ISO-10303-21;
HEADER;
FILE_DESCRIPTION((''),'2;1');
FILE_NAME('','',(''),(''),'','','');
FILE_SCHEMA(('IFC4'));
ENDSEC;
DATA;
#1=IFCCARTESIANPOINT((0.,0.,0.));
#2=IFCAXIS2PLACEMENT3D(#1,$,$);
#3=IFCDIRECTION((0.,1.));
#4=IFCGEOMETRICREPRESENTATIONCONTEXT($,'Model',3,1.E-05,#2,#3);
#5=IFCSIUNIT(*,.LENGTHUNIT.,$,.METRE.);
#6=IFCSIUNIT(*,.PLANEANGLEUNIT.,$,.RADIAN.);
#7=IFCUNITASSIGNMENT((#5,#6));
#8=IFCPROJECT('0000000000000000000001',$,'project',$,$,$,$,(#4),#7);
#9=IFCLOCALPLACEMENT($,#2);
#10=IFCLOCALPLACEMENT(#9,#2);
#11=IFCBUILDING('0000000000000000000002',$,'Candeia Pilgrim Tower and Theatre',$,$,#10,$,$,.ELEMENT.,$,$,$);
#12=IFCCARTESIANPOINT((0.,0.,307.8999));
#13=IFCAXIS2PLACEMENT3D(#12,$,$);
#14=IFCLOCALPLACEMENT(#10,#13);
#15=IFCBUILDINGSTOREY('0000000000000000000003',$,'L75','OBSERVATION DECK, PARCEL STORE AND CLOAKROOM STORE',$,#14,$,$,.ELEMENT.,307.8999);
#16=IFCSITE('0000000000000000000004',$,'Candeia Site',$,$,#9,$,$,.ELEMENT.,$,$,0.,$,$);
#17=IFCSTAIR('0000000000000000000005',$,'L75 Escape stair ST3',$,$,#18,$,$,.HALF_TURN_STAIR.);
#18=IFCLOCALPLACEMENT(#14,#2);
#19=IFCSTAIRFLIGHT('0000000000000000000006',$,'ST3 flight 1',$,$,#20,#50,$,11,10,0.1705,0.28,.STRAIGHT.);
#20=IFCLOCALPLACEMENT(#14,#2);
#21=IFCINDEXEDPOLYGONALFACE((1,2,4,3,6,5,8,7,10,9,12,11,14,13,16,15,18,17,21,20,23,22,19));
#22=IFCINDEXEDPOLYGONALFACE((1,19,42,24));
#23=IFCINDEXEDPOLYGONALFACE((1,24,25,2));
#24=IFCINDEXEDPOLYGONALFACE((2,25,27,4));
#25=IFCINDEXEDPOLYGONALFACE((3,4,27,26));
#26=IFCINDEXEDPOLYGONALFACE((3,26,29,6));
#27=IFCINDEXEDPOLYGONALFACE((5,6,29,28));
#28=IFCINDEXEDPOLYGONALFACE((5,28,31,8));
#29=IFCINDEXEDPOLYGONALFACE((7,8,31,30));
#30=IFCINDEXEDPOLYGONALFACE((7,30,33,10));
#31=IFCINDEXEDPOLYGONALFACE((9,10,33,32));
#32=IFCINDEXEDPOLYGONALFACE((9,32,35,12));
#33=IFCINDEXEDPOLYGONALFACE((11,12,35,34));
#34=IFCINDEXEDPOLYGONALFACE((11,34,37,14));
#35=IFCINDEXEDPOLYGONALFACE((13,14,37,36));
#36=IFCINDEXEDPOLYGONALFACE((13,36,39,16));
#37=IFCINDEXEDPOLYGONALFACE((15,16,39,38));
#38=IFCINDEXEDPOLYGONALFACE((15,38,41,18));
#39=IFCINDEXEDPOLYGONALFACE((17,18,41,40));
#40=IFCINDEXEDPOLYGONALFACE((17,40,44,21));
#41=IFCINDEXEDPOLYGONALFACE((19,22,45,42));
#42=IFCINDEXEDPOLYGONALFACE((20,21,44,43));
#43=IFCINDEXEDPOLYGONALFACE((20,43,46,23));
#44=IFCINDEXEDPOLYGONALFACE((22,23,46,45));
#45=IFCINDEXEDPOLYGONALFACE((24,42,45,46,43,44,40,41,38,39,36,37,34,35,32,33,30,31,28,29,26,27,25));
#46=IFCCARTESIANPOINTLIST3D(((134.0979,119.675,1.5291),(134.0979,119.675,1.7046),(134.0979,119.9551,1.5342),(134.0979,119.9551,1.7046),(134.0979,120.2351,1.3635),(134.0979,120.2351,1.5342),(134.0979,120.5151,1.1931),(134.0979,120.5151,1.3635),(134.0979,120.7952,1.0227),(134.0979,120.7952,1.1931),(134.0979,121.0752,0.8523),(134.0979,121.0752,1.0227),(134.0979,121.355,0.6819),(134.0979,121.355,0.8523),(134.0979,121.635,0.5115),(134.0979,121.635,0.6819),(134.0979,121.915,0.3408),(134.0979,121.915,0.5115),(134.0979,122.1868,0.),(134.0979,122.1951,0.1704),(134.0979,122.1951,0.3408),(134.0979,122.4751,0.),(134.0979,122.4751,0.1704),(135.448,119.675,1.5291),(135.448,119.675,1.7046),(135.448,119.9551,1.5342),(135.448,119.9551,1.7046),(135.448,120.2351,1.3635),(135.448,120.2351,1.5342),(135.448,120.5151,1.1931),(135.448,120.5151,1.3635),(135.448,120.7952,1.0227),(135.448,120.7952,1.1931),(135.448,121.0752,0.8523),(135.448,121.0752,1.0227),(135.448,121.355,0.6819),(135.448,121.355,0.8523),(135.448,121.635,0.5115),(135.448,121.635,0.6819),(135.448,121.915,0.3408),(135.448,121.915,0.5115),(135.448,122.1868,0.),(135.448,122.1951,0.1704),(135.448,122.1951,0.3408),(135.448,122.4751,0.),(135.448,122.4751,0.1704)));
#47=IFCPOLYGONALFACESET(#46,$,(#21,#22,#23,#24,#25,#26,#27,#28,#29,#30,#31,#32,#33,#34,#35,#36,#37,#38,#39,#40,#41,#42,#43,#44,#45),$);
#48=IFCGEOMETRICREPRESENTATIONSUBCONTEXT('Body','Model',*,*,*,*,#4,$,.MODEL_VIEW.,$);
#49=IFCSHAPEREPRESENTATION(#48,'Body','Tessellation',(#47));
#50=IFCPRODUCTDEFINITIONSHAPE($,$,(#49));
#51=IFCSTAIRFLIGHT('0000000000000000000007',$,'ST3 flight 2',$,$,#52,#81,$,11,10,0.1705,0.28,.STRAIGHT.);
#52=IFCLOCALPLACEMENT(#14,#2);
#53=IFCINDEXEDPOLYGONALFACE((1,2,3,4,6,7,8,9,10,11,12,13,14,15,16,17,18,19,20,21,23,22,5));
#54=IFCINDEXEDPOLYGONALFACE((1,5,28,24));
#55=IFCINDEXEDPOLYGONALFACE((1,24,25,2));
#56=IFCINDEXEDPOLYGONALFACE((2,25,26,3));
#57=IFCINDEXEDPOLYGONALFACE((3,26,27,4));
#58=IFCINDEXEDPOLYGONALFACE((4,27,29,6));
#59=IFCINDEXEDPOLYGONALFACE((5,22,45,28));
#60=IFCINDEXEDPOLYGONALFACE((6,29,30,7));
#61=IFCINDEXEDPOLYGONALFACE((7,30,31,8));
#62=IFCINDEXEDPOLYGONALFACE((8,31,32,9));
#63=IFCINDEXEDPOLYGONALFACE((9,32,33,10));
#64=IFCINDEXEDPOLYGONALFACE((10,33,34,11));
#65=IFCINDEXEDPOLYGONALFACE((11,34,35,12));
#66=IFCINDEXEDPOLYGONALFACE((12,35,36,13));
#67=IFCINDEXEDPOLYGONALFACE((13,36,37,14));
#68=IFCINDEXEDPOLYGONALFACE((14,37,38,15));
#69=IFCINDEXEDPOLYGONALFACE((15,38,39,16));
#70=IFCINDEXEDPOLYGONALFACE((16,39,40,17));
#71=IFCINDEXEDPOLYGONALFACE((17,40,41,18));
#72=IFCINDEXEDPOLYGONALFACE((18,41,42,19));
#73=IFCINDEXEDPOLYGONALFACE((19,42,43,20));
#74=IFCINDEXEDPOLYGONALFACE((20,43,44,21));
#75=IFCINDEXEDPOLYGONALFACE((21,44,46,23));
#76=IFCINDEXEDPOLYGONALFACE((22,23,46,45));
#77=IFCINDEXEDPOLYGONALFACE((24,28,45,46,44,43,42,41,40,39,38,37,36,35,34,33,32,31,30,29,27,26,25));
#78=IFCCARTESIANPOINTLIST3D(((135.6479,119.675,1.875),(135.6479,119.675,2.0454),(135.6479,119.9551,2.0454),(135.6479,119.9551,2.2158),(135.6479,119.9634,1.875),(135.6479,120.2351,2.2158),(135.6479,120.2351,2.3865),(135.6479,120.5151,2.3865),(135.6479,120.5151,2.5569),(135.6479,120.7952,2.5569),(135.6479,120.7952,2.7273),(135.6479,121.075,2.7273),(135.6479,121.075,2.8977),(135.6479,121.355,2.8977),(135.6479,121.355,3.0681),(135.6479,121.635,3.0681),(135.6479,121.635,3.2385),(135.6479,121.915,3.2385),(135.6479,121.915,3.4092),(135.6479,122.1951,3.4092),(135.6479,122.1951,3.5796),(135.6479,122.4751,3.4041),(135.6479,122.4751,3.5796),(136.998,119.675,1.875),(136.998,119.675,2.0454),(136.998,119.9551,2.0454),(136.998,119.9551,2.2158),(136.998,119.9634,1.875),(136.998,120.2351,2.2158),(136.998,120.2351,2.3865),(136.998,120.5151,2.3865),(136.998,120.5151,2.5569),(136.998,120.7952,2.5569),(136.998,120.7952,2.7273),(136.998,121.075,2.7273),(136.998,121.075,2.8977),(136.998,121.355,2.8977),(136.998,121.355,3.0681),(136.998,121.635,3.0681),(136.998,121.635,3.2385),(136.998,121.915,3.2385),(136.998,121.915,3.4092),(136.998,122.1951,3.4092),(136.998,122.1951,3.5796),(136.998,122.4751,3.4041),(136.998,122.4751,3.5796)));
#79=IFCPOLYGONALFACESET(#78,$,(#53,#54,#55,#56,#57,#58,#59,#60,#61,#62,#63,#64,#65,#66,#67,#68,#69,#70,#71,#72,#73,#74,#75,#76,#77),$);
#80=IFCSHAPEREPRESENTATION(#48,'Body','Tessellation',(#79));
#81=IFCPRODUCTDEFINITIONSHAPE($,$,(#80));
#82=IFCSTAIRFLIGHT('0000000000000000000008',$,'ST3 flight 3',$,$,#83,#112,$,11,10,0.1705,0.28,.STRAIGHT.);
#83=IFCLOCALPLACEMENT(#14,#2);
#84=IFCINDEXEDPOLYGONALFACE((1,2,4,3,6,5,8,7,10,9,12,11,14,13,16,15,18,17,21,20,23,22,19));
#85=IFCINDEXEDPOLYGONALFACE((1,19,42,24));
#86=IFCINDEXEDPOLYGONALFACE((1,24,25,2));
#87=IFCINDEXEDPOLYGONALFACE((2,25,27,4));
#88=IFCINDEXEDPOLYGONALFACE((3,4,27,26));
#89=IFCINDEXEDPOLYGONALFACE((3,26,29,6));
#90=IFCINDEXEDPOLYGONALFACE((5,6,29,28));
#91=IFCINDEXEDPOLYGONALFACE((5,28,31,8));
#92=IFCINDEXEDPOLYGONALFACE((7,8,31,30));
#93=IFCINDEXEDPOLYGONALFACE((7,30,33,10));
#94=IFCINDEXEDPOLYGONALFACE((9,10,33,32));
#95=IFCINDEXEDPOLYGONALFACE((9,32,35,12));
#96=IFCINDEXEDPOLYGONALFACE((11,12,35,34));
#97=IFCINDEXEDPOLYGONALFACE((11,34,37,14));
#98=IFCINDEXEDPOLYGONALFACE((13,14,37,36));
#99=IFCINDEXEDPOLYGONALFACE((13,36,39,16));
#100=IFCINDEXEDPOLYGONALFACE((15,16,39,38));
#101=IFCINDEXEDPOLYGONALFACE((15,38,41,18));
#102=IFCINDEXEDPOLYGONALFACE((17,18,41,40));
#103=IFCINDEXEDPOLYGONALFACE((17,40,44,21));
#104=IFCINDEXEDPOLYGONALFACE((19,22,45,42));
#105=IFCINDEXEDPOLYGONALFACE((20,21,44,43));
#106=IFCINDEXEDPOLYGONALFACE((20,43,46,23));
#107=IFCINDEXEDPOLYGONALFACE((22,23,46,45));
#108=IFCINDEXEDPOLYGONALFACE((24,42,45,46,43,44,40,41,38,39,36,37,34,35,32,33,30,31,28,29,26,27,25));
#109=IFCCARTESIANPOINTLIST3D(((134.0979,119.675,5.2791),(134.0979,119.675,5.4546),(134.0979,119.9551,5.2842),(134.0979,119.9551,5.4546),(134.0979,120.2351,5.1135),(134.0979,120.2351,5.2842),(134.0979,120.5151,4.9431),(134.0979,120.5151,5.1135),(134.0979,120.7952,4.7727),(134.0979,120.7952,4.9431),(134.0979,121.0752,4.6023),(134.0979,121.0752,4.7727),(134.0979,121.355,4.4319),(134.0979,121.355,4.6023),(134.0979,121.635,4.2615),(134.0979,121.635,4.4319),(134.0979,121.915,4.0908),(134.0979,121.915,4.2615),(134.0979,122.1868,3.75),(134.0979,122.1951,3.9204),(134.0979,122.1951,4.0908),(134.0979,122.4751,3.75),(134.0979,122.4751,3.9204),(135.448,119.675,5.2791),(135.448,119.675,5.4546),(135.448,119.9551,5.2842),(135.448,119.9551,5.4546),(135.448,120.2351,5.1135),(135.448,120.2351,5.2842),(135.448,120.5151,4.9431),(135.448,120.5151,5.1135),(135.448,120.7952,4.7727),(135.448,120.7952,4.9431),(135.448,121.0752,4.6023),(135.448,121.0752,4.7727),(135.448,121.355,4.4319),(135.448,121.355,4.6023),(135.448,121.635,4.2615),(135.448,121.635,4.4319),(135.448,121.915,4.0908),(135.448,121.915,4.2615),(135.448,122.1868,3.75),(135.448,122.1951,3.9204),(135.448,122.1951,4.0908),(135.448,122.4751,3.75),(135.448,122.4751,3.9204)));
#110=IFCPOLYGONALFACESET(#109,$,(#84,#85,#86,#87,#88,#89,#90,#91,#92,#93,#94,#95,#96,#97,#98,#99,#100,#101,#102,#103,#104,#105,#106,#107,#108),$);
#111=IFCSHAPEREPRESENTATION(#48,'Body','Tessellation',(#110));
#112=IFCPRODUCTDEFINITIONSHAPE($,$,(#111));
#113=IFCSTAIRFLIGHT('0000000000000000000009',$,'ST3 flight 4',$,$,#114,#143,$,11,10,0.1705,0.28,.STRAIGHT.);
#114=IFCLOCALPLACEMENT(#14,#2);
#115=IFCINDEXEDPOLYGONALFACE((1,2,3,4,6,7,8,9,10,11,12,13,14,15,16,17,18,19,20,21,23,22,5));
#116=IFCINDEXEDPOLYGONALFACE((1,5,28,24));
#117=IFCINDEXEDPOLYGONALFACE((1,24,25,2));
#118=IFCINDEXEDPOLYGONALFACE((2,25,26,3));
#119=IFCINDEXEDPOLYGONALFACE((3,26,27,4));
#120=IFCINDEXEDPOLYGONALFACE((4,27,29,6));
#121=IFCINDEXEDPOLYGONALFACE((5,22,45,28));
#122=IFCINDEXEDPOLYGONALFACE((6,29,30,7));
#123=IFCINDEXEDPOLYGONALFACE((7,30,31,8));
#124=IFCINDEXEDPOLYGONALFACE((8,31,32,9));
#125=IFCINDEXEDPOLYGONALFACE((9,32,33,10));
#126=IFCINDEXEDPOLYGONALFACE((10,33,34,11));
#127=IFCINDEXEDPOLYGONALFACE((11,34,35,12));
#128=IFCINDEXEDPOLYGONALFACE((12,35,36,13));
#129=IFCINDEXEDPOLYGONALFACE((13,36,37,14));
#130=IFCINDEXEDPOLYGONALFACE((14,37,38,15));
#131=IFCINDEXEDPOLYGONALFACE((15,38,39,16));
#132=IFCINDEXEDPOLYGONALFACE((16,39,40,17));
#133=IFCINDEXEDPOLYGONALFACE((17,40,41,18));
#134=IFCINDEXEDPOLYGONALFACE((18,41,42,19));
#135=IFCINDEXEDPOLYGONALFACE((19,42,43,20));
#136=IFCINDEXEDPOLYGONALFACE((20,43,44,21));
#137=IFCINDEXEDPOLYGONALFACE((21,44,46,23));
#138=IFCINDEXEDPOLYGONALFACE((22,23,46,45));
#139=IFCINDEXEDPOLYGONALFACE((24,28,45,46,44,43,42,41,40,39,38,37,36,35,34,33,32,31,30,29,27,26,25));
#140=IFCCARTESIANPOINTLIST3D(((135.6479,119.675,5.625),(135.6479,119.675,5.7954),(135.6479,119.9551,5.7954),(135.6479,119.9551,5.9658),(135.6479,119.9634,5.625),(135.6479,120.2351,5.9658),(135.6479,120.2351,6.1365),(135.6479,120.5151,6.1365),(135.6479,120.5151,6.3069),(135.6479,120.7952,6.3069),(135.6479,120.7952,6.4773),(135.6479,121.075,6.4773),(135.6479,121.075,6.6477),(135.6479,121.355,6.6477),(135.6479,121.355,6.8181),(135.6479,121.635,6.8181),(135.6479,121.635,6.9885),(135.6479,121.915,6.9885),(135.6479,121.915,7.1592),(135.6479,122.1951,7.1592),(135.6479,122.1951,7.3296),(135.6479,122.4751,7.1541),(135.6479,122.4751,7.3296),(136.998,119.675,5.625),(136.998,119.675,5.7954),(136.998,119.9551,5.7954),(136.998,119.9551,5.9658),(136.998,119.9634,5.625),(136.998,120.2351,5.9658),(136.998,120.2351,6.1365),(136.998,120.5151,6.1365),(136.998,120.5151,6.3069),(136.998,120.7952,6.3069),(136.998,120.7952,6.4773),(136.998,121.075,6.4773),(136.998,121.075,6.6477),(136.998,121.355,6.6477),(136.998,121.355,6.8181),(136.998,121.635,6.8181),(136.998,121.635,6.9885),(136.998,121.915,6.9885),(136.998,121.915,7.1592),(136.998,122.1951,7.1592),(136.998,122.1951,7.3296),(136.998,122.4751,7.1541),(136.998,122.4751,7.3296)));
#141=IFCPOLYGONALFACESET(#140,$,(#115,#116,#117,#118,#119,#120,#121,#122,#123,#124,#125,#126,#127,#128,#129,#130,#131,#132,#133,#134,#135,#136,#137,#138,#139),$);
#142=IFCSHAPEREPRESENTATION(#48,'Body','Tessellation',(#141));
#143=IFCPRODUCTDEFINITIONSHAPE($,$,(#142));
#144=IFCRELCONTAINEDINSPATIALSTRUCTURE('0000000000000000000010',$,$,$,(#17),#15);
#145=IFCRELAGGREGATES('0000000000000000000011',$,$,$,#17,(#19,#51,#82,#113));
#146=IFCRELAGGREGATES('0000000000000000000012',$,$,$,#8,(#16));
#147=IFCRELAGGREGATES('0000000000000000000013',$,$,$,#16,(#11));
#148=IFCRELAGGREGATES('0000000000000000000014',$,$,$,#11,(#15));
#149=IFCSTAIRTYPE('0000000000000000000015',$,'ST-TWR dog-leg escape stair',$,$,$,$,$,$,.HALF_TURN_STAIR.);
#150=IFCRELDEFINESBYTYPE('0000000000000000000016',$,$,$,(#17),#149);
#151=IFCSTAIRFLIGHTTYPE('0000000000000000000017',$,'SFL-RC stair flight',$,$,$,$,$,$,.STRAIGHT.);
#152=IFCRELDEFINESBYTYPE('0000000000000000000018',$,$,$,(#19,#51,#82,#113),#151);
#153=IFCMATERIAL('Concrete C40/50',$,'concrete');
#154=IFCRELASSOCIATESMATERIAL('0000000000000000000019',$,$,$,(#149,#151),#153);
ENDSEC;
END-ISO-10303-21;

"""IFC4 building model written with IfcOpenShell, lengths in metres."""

from ifc_helpers import new_model, si_unit, direction, frame, origin, place, context, subcontext, project, spatial, polyline, outline, extrude, material, type_object, element, aggregate, save


model = new_model("IFC4")

# Units and contexts
model_context = context("Model", 3, precision=1e-05, world=origin(), true_north=direction((0.0, 1.0)))
body_context = subcontext(model_context, "Body", "Model", "MODEL_VIEW")
ifc_project = project(units=[si_unit("LENGTHUNIT", "METRE"), si_unit("PLANEANGLEUNIT", "RADIAN")], contexts=[model_context])

# Site, building, storey
site_placement = place(None, origin())
site = spatial("IfcSite", under=ifc_project, at=site_placement, Name="Candeia Site", CompositionType="ELEMENT", RefElevation=0.0)
building_placement = place(site_placement, origin())
building = spatial("IfcBuilding", under=site, at=building_placement, Name="Candeia Pilgrim Tower and Theatre", CompositionType="ELEMENT")
storey_placement = place(building_placement, frame((0.0, 0.0, 307.8999)))
storey = spatial("IfcBuildingStorey", under=building, at=storey_placement, Name="L75", Description="OBSERVATION DECK, PARCEL STORE AND CLOAKROOM STORE", CompositionType="ELEMENT", Elevation=307.8999)

# Shared definitions
ifc_material_1 = material(Name="Concrete C40/50", Category="concrete")

# Stair, stair flights
stair_type = type_object("IfcStairType", Name="ST-TWR dog-leg escape stair", PredefinedType="HALF_TURN_STAIR", material=ifc_material_1)
stair_placement = place(storey_placement, origin())
stair = element("IfcStair", 1, at=stair_placement, inside=storey, type_object=stair_type, Name="L75 Escape stair ST3", PredefinedType="HALF_TURN_STAIR")
stair_flight_type = type_object("IfcStairFlightType", Name="SFL-RC stair flight", PredefinedType="STRAIGHT", material=ifc_material_1)
stair_flight_1_placement = place(storey_placement, frame((134.7729, 122.4751, 0.0), z_axis=(0.0, 0.0, 1.0), x_axis=(0.0, -1.0, 0.0)))
stair_flight_1 = element("IfcStairFlight", 2, at=stair_flight_1_placement, type_object=stair_flight_type, Name="ST3 flight 1", NumberOfRisers=11, NumberOfTreads=10, PredefinedType="STRAIGHT", RiserHeight=0.1705, TreadLength=0.28, context=body_context, shape_type="SweptSolid", body=[
    extrude(outline(polyline([(0.0, 0.0), (0.0, 0.1704), (0.28, 0.1704), (0.28, 0.3408), (0.5601, 0.3408), (0.5601, 0.5115), (0.8401, 0.5115), (0.8401, 0.6819), (1.1201, 0.6819), (1.1201, 0.8523), (1.3999, 0.8523), (1.3999, 1.0227), (1.6799, 1.0227), (1.6799, 1.1931), (1.96, 1.1931), (1.96, 1.3635), (2.24, 1.3635), (2.24, 1.5342), (2.52, 1.5342), (2.52, 1.7046), (2.8, 1.7046), (2.8, 1.875), (2.8, 1.5291), (0.2883, 0.0), (0.0, 0.0)])), frame((0.0, 0.675, 0.0), z_axis=(0.0, -1.0, 0.0), x_axis=(1.0, 0.0, 0.0)), (0.0, 0.0, 1.0), 1.3501),
])
stair_flight_2_placement = place(storey_placement, frame((136.323, 119.675, 1.875), z_axis=(0.0, 0.0, 1.0), x_axis=(0.0, 1.0, 0.0)))
stair_flight_2 = element("IfcStairFlight", 3, at=stair_flight_2_placement, type_object=stair_flight_type, Name="ST3 flight 2", NumberOfRisers=11, NumberOfTreads=10, PredefinedType="STRAIGHT", RiserHeight=0.1705, TreadLength=0.28, context=body_context, shape_type="SweptSolid", body=[
    extrude(outline(polyline([(0.0, 0.0), (0.0, 0.1704), (0.28, 0.1704), (0.28, 0.3408), (0.5601, 0.3408), (0.5601, 0.5115), (0.8401, 0.5115), (0.8401, 0.6819), (1.1201, 0.6819), (1.1201, 0.8523), (1.3999, 0.8523), (1.3999, 1.0227), (1.6799, 1.0227), (1.6799, 1.1931), (1.96, 1.1931), (1.96, 1.3635), (2.24, 1.3635), (2.24, 1.5342), (2.52, 1.5342), (2.52, 1.7046), (2.8, 1.7046), (2.8, 1.875), (2.8, 1.5291), (0.2883, 0.0), (0.0, 0.0)])), frame((0.0, 0.675, 0.0), z_axis=(0.0, -1.0, 0.0), x_axis=(1.0, 0.0, 0.0)), (0.0, 0.0, 1.0), 1.3501),
])
stair_flight_3_placement = place(storey_placement, frame((134.7729, 122.4751, 3.75), z_axis=(0.0, 0.0, 1.0), x_axis=(0.0, -1.0, 0.0)))
stair_flight_3 = element("IfcStairFlight", 4, at=stair_flight_3_placement, type_object=stair_flight_type, Name="ST3 flight 3", NumberOfRisers=11, NumberOfTreads=10, PredefinedType="STRAIGHT", RiserHeight=0.1705, TreadLength=0.28, context=body_context, shape_type="SweptSolid", body=[
    extrude(outline(polyline([(0.0, 0.0), (0.0, 0.1704), (0.28, 0.1704), (0.28, 0.3408), (0.5601, 0.3408), (0.5601, 0.5115), (0.8401, 0.5115), (0.8401, 0.6819), (1.1201, 0.6819), (1.1201, 0.8523), (1.3999, 0.8523), (1.3999, 1.0227), (1.6799, 1.0227), (1.6799, 1.1931), (1.96, 1.1931), (1.96, 1.3635), (2.24, 1.3635), (2.24, 1.5342), (2.52, 1.5342), (2.52, 1.7046), (2.8, 1.7046), (2.8, 1.875), (2.8, 1.5291), (0.2883, 0.0), (0.0, 0.0)])), frame((0.0, 0.675, 0.0), z_axis=(0.0, -1.0, 0.0), x_axis=(1.0, 0.0, 0.0)), (0.0, 0.0, 1.0), 1.3501),
])
stair_flight_4_placement = place(storey_placement, frame((136.323, 119.675, 5.625), z_axis=(0.0, 0.0, 1.0), x_axis=(0.0, 1.0, 0.0)))
stair_flight_4 = element("IfcStairFlight", 5, at=stair_flight_4_placement, type_object=stair_flight_type, Name="ST3 flight 4", NumberOfRisers=11, NumberOfTreads=10, PredefinedType="STRAIGHT", RiserHeight=0.1705, TreadLength=0.28, context=body_context, shape_type="SweptSolid", body=[
    extrude(outline(polyline([(0.0, 0.0), (0.0, 0.1704), (0.28, 0.1704), (0.28, 0.3408), (0.5601, 0.3408), (0.5601, 0.5115), (0.8401, 0.5115), (0.8401, 0.6819), (1.1201, 0.6819), (1.1201, 0.8523), (1.3999, 0.8523), (1.3999, 1.0227), (1.6799, 1.0227), (1.6799, 1.1931), (1.96, 1.1931), (1.96, 1.3635), (2.24, 1.3635), (2.24, 1.5342), (2.52, 1.5342), (2.52, 1.7046), (2.8, 1.7046), (2.8, 1.875), (2.8, 1.5291), (0.2883, 0.0), (0.0, 0.0)])), frame((0.0, 0.675, 0.0), z_axis=(0.0, -1.0, 0.0), x_axis=(1.0, 0.0, 0.0)), (0.0, 0.0, 1.0), 1.3501),
])
aggregate(stair, [stair_flight_1, stair_flight_2, stair_flight_3, stair_flight_4])

save(model, "model.ifc")
